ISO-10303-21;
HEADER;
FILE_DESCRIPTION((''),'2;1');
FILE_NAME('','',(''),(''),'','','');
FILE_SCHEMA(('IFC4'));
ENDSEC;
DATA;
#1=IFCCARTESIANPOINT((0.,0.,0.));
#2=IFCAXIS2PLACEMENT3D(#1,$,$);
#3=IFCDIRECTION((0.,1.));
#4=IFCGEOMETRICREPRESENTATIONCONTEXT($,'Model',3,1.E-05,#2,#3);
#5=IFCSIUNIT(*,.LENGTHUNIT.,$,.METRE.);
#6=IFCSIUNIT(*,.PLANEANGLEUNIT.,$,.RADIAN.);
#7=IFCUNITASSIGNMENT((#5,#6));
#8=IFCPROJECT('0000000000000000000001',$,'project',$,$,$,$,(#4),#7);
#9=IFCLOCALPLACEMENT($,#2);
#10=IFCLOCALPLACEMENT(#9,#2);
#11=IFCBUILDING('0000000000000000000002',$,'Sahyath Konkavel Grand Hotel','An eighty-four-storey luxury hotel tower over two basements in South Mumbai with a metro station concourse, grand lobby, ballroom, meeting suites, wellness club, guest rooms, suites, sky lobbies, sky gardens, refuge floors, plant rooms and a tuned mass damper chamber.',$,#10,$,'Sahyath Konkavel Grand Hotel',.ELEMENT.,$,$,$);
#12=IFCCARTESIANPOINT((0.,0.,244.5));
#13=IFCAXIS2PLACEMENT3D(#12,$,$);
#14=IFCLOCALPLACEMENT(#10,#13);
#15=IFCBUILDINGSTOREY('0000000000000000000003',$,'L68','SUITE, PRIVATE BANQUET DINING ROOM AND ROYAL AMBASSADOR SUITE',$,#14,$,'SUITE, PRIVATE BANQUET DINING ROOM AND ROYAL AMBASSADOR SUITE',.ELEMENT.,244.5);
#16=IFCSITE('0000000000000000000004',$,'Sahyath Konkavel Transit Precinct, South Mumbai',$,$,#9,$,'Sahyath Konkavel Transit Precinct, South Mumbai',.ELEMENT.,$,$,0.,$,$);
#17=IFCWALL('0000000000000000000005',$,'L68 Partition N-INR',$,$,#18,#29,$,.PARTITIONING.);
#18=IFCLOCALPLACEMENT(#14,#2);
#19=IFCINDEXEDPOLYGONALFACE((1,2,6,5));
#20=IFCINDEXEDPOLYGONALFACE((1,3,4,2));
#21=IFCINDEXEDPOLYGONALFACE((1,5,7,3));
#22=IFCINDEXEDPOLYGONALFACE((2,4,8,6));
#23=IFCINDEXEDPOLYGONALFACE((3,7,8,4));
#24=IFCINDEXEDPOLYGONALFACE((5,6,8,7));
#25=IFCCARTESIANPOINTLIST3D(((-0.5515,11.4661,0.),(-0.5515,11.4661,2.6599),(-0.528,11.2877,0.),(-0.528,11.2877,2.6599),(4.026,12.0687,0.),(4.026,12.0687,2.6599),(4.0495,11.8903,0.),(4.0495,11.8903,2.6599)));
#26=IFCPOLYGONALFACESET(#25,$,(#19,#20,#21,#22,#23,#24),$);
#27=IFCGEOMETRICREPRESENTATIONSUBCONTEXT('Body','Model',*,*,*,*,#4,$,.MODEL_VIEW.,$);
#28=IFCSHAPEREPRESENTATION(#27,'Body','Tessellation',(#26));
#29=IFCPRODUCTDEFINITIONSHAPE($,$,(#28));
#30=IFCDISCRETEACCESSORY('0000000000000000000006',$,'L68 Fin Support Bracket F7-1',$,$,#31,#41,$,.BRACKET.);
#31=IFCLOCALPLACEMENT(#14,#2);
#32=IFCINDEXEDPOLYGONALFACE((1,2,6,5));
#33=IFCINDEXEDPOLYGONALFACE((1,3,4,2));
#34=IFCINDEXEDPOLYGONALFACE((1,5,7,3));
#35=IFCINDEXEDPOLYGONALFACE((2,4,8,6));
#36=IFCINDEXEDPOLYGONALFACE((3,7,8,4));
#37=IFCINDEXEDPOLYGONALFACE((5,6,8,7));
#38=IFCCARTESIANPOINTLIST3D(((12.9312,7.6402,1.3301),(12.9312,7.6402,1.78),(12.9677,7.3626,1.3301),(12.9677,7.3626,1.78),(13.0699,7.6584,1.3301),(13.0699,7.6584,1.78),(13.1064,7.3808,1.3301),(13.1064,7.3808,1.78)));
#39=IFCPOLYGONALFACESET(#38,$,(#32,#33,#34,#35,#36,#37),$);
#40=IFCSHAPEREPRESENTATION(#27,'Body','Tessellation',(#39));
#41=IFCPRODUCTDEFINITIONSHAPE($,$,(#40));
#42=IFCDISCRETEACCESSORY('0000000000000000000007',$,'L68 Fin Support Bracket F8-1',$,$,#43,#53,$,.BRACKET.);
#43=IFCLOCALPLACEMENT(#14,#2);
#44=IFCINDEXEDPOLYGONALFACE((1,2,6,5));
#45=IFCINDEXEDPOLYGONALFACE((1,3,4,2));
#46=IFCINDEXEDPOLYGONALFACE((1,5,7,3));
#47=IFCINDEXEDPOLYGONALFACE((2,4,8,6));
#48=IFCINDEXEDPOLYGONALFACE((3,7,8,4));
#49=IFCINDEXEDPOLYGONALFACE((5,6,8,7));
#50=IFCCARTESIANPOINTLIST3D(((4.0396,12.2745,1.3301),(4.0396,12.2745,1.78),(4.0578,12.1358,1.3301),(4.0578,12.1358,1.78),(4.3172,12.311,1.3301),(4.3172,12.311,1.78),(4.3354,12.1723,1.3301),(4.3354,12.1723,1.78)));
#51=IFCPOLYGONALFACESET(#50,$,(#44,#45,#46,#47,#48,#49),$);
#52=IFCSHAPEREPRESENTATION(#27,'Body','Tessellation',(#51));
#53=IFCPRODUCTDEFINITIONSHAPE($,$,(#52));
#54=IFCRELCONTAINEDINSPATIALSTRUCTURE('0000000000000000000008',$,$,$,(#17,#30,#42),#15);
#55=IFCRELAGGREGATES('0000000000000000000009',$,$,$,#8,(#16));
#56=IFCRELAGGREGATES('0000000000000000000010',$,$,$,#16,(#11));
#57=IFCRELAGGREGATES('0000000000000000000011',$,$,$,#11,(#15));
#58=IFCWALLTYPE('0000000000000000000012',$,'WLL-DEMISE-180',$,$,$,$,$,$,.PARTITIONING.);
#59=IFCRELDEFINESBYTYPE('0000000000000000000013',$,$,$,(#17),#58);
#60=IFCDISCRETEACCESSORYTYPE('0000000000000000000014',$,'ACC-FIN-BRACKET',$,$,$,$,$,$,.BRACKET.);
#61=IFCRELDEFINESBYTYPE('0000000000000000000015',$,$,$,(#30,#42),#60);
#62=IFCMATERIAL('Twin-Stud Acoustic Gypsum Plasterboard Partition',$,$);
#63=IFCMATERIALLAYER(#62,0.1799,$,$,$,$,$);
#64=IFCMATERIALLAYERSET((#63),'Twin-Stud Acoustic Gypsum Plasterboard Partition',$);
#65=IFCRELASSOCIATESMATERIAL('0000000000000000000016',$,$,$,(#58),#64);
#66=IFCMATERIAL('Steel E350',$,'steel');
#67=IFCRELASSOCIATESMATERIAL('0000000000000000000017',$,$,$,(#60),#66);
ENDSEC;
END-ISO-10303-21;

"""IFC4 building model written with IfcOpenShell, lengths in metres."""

from ifc_helpers import new_model, si_unit, direction, frame, frame_2d, origin, origin_2d, place, context, subcontext, project, spatial, rectangle, extrude, source, transform, mapped, material, layer, layer_set, type_object, element, save


model = new_model("IFC4")

# Units and contexts
model_context = context("Model", 3, precision=1e-05, world=origin(), true_north=direction((0.0, 1.0)))
body_context = subcontext(model_context, "Body", "Model", "MODEL_VIEW")
ifc_project = project(units=[si_unit("LENGTHUNIT", "METRE"), si_unit("PLANEANGLEUNIT", "RADIAN")], contexts=[model_context])

# Site, building, storey
site_placement = place(None, origin())
site = spatial("IfcSite", under=ifc_project, at=site_placement, Name="Sahyath Konkavel Transit Precinct, South Mumbai", LongName="Sahyath Konkavel Transit Precinct, South Mumbai", CompositionType="ELEMENT", RefElevation=0.0)
building_placement = place(site_placement, origin())
building = spatial("IfcBuilding", under=site, at=building_placement, Name="Sahyath Konkavel Grand Hotel", Description="An eighty-four-storey luxury hotel tower over two basements in South Mumbai with a metro station concourse, grand lobby, ballroom, meeting suites, wellness club, guest rooms, suites, sky lobbies, sky gardens, refuge floors, plant rooms and a tuned mass damper chamber.", LongName="Sahyath Konkavel Grand Hotel", CompositionType="ELEMENT")
storey_placement = place(building_placement, frame((0.0, 0.0, 244.5)))
storey = spatial("IfcBuildingStorey", under=building, at=storey_placement, Name="L68", Description="SUITE, PRIVATE BANQUET DINING ROOM AND ROYAL AMBASSADOR SUITE", LongName="SUITE, PRIVATE BANQUET DINING ROOM AND ROYAL AMBASSADOR SUITE", CompositionType="ELEMENT", Elevation=244.5)

# Shared definitions
ifc_material_1 = material(Name="Steel E350", Category="steel")

# Wall
ifc_material_2 = material(Name="Twin-Stud Acoustic Gypsum Plasterboard Partition")
ifc_layer_1 = layer(ifc_material_2, 0.1799)
ifc_layer_set_1 = layer_set([ifc_layer_1], Name="Twin-Stud Acoustic Gypsum Plasterboard Partition")
wall_type_1 = type_object("IfcWallType", Name="WLL-DEMISE-180", PredefinedType="PARTITIONING", material=ifc_layer_set_1)
wall_placement = place(storey_placement, frame((4.0378, 11.9795, 0.0), z_axis=(0.0, 0.0, 1.0), x_axis=(-0.991447, -0.130508, 0.0)))
element("IfcWall", 1, at=wall_placement, inside=storey, type_object=wall_type_1, Name="L68 Partition N-INR", PredefinedType="PARTITIONING", context=body_context, shape_type="SweptSolid", body=[
    extrude(rectangle(XDim=4.6169, YDim=0.1799, at=frame_2d((2.3086, 0.0))), origin(), (0.0, 0.0, 1.0), 2.6599),
])

# Discrete accessories
discrete_accessory_type = type_object("IfcDiscreteAccessoryType", Name="ACC-FIN-BRACKET", PredefinedType="BRACKET", material=ifc_material_1)
shared_shape_1 = source(origin(), body_context, "Body", "SweptSolid", [
    extrude(rectangle(XDim=0.28, YDim=0.1399, at=origin_2d()), origin(), (0.0, 0.0, 1.0), 0.45),
])
for number, where, z_axis, x_axis, name in (
    (2, (13.0188, 7.5105, 1.3301), (0.0, 0.0, 1.0), (-0.130526, 0.991445, 0.0), "L68 Fin Support Bracket F7-1"),
    (3, (4.1875, 12.2234, 1.3301), (0.0, 0.0, 1.0), (0.991445, 0.130526, 0.0), "L68 Fin Support Bracket F8-1"),
):
    element("IfcDiscreteAccessory", number, at=place(storey_placement, frame(where, z_axis=z_axis, x_axis=x_axis)), inside=storey, type_object=discrete_accessory_type, Name=name, PredefinedType="BRACKET", context=body_context, shape_type="MappedRepresentation", body=[
        mapped(shared_shape_1, transform((0.0, 0.0, 0.0), scale=1.0)),
    ])

save(model, "model.ifc")
